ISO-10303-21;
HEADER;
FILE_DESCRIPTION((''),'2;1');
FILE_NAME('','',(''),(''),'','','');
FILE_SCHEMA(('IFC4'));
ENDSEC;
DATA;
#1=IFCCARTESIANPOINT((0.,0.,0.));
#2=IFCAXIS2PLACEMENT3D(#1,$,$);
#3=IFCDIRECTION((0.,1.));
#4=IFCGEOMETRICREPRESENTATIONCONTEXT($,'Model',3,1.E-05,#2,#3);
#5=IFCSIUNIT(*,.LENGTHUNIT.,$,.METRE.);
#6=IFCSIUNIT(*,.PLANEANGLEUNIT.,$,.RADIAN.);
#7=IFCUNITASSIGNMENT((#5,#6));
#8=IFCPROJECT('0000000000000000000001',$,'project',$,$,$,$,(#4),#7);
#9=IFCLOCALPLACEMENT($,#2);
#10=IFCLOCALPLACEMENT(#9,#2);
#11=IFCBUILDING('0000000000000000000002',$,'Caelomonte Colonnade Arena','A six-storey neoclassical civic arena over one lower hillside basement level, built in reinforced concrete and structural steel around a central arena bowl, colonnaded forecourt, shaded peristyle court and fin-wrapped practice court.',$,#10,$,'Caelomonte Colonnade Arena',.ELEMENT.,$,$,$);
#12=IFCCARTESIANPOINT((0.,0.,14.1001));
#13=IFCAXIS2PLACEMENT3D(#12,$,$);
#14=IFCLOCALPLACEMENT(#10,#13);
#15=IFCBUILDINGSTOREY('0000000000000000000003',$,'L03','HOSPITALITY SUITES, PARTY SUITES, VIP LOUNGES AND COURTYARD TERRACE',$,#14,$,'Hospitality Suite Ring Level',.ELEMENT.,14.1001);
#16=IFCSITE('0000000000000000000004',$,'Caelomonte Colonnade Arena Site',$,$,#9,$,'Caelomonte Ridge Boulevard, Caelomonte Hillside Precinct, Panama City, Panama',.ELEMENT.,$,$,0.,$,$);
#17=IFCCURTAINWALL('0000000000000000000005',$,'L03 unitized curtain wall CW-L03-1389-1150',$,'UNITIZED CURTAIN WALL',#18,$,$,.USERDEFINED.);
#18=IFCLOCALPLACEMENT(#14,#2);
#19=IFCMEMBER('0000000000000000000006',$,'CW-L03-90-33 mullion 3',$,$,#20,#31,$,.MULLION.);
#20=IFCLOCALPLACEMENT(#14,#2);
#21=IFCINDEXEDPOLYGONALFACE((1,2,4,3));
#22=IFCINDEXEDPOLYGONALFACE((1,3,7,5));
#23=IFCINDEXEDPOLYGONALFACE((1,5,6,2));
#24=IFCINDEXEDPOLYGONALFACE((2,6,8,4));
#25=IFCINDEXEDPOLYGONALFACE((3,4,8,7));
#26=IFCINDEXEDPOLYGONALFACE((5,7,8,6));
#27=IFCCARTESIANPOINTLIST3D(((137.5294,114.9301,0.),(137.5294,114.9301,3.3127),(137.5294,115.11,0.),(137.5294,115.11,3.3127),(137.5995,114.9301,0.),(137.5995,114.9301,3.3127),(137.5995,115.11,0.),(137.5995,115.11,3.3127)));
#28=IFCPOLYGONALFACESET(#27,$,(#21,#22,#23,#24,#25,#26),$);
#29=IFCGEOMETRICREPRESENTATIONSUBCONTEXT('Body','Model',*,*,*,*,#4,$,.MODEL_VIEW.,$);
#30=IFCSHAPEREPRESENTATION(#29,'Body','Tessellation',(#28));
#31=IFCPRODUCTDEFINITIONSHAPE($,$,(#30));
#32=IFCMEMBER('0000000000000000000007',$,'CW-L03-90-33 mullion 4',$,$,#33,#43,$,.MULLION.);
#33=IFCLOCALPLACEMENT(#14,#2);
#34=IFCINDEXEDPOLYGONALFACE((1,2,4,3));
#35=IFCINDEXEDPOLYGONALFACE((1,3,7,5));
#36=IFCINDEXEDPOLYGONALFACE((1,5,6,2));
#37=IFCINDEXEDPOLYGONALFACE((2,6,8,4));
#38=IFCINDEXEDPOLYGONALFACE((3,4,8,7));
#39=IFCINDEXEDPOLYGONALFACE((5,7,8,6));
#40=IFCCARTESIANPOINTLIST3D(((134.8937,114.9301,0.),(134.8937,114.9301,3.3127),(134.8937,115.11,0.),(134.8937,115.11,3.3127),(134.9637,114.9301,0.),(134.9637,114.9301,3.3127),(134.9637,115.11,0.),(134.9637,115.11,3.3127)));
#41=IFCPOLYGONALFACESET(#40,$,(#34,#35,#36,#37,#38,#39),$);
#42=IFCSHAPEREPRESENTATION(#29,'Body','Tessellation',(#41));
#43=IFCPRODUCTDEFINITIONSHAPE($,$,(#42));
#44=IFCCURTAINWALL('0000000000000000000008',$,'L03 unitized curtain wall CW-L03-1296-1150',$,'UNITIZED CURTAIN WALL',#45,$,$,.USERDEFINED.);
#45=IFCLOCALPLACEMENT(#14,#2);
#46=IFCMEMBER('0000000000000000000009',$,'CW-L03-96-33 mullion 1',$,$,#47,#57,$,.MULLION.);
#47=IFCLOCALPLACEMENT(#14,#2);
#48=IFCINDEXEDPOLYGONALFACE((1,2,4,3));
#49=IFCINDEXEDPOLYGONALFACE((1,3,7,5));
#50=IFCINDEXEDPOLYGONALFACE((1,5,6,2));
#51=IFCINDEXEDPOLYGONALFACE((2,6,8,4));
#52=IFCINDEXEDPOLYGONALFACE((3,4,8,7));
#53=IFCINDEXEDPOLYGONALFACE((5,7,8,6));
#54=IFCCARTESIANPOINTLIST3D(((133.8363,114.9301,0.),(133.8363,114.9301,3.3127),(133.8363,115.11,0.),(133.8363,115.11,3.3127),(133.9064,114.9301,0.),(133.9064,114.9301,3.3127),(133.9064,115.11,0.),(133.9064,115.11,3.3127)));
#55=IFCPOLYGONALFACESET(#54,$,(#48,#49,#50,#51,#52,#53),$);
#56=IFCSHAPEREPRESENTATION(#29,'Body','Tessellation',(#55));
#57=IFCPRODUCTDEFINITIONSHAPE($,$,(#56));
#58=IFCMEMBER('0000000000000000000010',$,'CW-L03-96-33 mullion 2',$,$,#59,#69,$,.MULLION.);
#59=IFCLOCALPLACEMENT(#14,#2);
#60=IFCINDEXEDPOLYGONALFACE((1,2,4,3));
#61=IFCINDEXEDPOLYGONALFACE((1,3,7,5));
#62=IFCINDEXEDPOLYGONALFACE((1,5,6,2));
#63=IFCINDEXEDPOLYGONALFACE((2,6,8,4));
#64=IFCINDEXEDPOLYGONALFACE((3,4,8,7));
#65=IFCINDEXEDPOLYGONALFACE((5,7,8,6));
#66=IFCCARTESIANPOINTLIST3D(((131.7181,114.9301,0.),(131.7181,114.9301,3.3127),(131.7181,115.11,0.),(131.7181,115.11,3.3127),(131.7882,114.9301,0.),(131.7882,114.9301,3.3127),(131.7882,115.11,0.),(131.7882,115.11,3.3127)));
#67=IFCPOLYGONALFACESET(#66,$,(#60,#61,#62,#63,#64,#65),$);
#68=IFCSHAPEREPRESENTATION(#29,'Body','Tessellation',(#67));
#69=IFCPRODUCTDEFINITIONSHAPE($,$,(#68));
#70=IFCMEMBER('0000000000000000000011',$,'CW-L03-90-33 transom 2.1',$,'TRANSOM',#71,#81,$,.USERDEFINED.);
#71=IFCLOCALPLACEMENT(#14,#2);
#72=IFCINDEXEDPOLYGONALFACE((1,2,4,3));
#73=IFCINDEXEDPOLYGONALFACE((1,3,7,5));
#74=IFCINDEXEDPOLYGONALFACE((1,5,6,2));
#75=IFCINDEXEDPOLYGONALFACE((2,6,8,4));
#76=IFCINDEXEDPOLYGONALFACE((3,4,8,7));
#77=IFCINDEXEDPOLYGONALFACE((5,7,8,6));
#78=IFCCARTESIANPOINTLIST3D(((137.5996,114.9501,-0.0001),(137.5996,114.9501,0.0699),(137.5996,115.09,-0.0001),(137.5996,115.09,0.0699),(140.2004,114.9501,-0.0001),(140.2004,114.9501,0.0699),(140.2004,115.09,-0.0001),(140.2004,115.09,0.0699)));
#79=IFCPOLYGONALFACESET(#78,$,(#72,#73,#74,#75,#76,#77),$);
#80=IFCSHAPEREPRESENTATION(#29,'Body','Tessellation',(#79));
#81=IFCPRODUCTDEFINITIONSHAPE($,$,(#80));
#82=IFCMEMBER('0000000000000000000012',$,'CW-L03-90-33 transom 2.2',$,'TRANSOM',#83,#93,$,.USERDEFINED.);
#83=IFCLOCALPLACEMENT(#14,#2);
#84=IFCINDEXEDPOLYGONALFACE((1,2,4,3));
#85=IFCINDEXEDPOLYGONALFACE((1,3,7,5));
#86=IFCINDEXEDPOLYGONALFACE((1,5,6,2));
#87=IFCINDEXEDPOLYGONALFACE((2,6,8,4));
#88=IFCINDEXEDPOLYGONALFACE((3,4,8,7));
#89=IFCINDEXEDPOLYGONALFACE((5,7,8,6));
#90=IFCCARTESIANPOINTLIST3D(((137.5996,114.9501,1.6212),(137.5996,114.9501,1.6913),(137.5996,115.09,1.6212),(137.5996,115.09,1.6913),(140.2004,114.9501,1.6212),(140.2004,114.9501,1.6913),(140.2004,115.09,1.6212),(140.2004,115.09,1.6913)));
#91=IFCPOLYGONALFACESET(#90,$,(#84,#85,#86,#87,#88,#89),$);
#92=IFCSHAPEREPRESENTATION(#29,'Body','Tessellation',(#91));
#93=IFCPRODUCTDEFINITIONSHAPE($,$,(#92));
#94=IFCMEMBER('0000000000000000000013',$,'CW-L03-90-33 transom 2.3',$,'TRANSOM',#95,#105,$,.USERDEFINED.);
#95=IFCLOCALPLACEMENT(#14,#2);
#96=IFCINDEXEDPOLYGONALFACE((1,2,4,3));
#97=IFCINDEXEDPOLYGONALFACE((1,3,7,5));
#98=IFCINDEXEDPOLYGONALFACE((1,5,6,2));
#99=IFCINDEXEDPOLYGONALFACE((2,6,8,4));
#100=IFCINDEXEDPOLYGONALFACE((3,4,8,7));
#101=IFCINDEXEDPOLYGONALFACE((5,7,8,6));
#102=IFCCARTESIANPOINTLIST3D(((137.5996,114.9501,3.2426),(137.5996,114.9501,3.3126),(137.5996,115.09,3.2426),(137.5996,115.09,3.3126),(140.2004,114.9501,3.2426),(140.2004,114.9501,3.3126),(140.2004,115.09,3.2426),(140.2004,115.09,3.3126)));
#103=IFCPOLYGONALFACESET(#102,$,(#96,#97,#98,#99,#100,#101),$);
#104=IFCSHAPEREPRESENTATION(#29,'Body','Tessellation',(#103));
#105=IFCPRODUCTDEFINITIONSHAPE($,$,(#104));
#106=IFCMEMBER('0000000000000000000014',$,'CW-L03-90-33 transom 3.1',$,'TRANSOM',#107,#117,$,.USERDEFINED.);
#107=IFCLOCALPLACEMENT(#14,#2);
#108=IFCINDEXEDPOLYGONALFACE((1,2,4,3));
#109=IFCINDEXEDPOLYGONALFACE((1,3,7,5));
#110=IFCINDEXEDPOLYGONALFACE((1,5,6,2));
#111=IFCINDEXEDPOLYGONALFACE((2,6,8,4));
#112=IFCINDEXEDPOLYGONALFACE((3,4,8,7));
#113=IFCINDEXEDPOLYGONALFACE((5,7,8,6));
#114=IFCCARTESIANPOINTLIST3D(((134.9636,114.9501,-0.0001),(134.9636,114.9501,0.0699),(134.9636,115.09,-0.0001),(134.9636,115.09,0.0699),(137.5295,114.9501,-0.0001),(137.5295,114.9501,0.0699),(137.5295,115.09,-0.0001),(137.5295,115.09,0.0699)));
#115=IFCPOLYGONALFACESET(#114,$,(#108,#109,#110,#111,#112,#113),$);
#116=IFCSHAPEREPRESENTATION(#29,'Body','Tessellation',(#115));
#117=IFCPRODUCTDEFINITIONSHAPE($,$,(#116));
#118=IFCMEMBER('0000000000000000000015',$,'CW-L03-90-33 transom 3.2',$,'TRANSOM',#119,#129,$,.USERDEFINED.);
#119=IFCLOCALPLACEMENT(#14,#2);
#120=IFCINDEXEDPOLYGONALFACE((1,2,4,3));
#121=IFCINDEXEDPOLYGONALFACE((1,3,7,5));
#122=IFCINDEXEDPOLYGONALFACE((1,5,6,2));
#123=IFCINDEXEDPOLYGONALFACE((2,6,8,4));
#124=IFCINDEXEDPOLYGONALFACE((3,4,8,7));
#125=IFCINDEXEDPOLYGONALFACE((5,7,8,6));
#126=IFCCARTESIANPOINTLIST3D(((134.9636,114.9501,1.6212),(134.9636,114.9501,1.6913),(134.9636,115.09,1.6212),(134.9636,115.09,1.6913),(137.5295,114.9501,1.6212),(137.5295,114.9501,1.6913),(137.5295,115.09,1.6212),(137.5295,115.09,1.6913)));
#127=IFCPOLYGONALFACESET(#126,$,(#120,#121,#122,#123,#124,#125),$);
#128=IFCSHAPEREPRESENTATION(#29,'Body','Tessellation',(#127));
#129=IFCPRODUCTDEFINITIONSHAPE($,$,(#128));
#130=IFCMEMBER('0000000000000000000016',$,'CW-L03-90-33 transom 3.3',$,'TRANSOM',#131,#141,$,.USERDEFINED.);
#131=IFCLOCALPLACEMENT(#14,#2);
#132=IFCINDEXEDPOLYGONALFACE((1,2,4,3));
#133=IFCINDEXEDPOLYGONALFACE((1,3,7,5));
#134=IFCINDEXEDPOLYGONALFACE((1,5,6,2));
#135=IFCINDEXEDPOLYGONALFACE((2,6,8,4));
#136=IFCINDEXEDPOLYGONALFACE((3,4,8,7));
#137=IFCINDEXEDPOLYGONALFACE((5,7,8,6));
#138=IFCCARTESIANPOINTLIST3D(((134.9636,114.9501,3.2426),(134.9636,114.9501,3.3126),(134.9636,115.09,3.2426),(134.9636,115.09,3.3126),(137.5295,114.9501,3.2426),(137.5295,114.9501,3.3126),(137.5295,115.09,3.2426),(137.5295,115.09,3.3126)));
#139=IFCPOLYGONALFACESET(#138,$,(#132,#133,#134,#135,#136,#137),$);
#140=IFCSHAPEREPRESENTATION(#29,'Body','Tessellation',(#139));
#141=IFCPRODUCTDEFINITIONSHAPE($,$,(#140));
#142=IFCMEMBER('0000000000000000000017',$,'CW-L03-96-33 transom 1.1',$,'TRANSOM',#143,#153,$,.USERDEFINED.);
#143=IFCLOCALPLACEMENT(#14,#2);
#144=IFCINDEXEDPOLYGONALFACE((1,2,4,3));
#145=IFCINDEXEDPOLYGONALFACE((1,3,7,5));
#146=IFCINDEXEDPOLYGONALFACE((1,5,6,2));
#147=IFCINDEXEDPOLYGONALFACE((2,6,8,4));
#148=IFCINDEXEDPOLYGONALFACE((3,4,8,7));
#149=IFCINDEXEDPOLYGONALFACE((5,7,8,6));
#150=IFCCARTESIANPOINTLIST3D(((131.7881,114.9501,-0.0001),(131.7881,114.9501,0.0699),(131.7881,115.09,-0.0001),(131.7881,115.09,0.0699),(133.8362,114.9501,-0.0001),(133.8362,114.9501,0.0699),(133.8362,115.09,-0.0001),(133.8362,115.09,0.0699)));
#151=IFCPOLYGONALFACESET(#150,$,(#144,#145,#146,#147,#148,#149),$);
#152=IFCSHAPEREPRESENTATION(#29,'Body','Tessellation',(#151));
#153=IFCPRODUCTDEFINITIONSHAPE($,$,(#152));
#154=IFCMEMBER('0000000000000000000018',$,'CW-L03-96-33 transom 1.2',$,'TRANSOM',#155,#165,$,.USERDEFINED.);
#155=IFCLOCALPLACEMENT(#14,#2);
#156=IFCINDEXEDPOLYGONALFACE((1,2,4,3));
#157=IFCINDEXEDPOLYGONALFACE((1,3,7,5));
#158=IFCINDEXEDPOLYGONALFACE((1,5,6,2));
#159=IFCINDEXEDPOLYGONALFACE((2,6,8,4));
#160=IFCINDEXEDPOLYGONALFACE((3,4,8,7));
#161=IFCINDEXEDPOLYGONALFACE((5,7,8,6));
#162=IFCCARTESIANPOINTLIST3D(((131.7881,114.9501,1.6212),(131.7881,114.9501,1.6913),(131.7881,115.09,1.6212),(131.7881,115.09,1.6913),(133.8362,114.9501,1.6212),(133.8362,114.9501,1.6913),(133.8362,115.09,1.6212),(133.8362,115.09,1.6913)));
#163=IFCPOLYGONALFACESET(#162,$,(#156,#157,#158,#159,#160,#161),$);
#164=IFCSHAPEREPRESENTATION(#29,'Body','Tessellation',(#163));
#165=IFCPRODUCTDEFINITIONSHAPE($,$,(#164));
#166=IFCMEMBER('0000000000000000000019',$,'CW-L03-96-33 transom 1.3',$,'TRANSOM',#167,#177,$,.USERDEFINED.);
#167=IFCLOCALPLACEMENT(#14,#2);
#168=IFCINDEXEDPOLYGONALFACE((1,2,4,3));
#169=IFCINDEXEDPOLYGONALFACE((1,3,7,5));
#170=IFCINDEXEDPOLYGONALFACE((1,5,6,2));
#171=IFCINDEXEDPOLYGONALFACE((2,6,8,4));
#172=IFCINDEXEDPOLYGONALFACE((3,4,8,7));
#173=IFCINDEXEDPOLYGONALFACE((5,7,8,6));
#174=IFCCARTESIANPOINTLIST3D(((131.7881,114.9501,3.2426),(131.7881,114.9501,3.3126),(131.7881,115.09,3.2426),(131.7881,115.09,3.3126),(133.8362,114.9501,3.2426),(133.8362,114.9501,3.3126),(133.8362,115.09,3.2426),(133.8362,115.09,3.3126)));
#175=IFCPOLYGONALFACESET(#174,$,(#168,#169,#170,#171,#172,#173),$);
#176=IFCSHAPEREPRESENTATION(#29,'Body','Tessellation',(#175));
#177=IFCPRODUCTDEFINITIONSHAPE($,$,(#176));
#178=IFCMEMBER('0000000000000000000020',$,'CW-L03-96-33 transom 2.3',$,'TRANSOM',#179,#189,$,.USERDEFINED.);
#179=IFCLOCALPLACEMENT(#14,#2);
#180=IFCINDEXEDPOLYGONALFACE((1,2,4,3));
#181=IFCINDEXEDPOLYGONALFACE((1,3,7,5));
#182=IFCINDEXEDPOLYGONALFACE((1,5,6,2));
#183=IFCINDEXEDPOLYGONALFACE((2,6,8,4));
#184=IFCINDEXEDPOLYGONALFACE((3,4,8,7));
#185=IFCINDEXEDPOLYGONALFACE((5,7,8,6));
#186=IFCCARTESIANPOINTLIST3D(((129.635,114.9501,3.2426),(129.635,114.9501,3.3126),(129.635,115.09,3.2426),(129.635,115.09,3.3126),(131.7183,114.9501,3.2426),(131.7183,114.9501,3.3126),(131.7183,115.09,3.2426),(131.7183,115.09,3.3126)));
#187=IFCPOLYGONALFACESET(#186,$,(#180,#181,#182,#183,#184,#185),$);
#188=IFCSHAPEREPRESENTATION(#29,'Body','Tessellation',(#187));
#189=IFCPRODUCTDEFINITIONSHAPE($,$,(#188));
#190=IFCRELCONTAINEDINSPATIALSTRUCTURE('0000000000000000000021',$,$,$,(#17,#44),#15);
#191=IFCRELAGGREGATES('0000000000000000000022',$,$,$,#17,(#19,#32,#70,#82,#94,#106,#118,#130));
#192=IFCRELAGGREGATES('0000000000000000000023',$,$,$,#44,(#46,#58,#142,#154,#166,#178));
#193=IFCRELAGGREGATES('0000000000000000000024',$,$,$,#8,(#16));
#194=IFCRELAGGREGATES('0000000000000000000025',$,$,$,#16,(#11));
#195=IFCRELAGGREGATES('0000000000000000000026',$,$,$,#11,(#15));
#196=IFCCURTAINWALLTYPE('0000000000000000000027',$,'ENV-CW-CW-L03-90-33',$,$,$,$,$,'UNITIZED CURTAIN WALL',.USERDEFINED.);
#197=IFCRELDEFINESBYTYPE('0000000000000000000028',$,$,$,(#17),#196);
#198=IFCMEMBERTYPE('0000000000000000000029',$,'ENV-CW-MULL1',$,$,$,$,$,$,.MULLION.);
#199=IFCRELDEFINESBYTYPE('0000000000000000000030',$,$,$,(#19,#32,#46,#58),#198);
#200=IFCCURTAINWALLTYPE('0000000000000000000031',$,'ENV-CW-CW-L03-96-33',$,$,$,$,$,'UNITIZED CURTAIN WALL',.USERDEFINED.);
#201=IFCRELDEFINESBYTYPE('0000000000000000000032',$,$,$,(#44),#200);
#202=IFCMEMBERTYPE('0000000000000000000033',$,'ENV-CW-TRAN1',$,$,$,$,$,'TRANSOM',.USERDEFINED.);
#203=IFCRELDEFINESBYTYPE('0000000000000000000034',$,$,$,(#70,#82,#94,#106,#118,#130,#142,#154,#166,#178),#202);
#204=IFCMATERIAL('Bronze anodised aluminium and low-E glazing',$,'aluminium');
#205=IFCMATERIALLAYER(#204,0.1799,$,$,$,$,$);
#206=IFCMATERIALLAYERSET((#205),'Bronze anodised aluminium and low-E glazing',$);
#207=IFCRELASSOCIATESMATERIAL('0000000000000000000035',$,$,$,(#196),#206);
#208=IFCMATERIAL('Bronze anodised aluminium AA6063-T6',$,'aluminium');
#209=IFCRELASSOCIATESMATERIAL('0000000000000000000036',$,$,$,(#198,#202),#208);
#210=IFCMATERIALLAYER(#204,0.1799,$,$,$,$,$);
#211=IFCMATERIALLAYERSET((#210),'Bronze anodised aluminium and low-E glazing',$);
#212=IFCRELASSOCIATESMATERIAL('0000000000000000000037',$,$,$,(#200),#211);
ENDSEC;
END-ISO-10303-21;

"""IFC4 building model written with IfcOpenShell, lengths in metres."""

from ifc_helpers import new_model, si_unit, direction, frame, origin, origin_2d, place, context, subcontext, project, spatial, rectangle, extrude, material, layer, layer_set, material_profile, profile_set, type_object, element, aggregate, save


model = new_model("IFC4")

# Units and contexts
model_context = context("Model", 3, precision=1e-05, world=origin(), true_north=direction((0.0, 1.0)))
body_context = subcontext(model_context, "Body", "Model", "MODEL_VIEW")
ifc_project = project(units=[si_unit("LENGTHUNIT", "METRE"), si_unit("PLANEANGLEUNIT", "RADIAN")], contexts=[model_context])

# Site, building, storey
site_placement = place(None, origin())
site = spatial("IfcSite", under=ifc_project, at=site_placement, Name="Caelomonte Colonnade Arena Site", LongName="Caelomonte Ridge Boulevard, Caelomonte Hillside Precinct, Panama City, Panama", CompositionType="ELEMENT", RefElevation=0.0)
building_placement = place(site_placement, origin())
building = spatial("IfcBuilding", under=site, at=building_placement, Name="Caelomonte Colonnade Arena", Description="A six-storey neoclassical civic arena over one lower hillside basement level, built in reinforced concrete and structural steel around a central arena bowl, colonnaded forecourt, shaded peristyle court and fin-wrapped practice court.", LongName="Caelomonte Colonnade Arena", CompositionType="ELEMENT")
storey_placement = place(building_placement, frame((0.0, 0.0, 14.1001)))
storey = spatial("IfcBuildingStorey", under=building, at=storey_placement, Name="L03", Description="HOSPITALITY SUITES, PARTY SUITES, VIP LOUNGES AND COURTYARD TERRACE", LongName="Hospitality Suite Ring Level", CompositionType="ELEMENT", Elevation=14.1001)

# Curtain walls, members
ifc_material_1 = material(Name="Bronze anodised aluminium and low-E glazing", Category="aluminium")
ifc_layer_1 = layer(ifc_material_1, 0.1799)
ifc_layer_set_1 = layer_set([ifc_layer_1], Name="Bronze anodised aluminium and low-E glazing")
curtain_wall_type_1 = type_object("IfcCurtainWallType", Name="ENV-CW-CW-L03-90-33", ElementType="UNITIZED CURTAIN WALL", PredefinedType="USERDEFINED", material=ifc_layer_set_1)
curtain_wall_1_placement = place(storey_placement, origin())
curtain_wall_1 = element("IfcCurtainWall", 1, at=curtain_wall_1_placement, inside=storey, type_object=curtain_wall_type_1, Name="L03 unitized curtain wall CW-L03-1389-1150", ObjectType="UNITIZED CURTAIN WALL", PredefinedType="USERDEFINED")
ifc_material_2 = material(Name="Bronze anodised aluminium AA6063-T6", Category="aluminium")
ifc_material_profile_1 = material_profile(ifc_material_2, rectangle(XDim=0.0701, YDim=0.1799, at=origin_2d()), Name="CWM-70X180")
ifc_profile_set_1 = profile_set([ifc_material_profile_1], Name="Bronze anodised aluminium AA6063-T6")
member_type_1 = type_object("IfcMemberType", Name="ENV-CW-MULL1", PredefinedType="MULLION", material=ifc_profile_set_1)
member_1_placement = place(storey_placement, frame((137.5645, 115.02, 0.0), z_axis=(0.0, 0.0, 1.0), x_axis=(-1.0, 0.0, 0.0)))
member_1 = element("IfcMember", 2, at=member_1_placement, type_object=member_type_1, Name="CW-L03-90-33 mullion 3", PredefinedType="MULLION", context=body_context, shape_type="SweptSolid", body=[
    extrude(rectangle(XDim=0.0701, YDim=0.1799, at=origin_2d()), origin(), (0.0, 0.0, 1.0), 3.3127),
])
member_2_placement = place(storey_placement, frame((134.9287, 115.02, 0.0), z_axis=(0.0, 0.0, 1.0), x_axis=(-1.0, 0.0, 0.0)))
member_2 = element("IfcMember", 3, at=member_2_placement, type_object=member_type_1, Name="CW-L03-90-33 mullion 4", PredefinedType="MULLION", context=body_context, shape_type="SweptSolid", body=[
    extrude(rectangle(XDim=0.0701, YDim=0.1799, at=origin_2d()), origin(), (0.0, 0.0, 1.0), 3.3127),
])
ifc_layer_2 = layer(ifc_material_1, 0.1799)
ifc_layer_set_2 = layer_set([ifc_layer_2], Name="Bronze anodised aluminium and low-E glazing")
curtain_wall_type_2 = type_object("IfcCurtainWallType", Name="ENV-CW-CW-L03-96-33", ElementType="UNITIZED CURTAIN WALL", PredefinedType="USERDEFINED", material=ifc_layer_set_2)
curtain_wall_2_placement = place(storey_placement, origin())
curtain_wall_2 = element("IfcCurtainWall", 4, at=curtain_wall_2_placement, inside=storey, type_object=curtain_wall_type_2, Name="L03 unitized curtain wall CW-L03-1296-1150", ObjectType="UNITIZED CURTAIN WALL", PredefinedType="USERDEFINED")
member_3_placement = place(storey_placement, frame((133.8713, 115.02, 0.0), z_axis=(0.0, 0.0, 1.0), x_axis=(-1.0, 0.0, 0.0)))
member_3 = element("IfcMember", 5, at=member_3_placement, type_object=member_type_1, Name="CW-L03-96-33 mullion 1", PredefinedType="MULLION", context=body_context, shape_type="SweptSolid", body=[
    extrude(rectangle(XDim=0.0701, YDim=0.1799, at=origin_2d()), origin(), (0.0, 0.0, 1.0), 3.3127),
])
member_4_placement = place(storey_placement, frame((131.7532, 115.02, 0.0), z_axis=(0.0, 0.0, 1.0), x_axis=(-1.0, 0.0, 0.0)))
member_4 = element("IfcMember", 6, at=member_4_placement, type_object=member_type_1, Name="CW-L03-96-33 mullion 2", PredefinedType="MULLION", context=body_context, shape_type="SweptSolid", body=[
    extrude(rectangle(XDim=0.0701, YDim=0.1799, at=origin_2d()), origin(), (0.0, 0.0, 1.0), 3.3127),
])

# Members
ifc_material_profile_2 = material_profile(ifc_material_2, rectangle(XDim=0.0701, YDim=0.1399, at=origin_2d()), Name="CWT-70X140")
ifc_profile_set_2 = profile_set([ifc_material_profile_2], Name="Bronze anodised aluminium AA6063-T6")
member_type_2 = type_object("IfcMemberType", Name="ENV-CW-TRAN1", ElementType="TRANSOM", PredefinedType="USERDEFINED", material=ifc_profile_set_2)
member_5_placement = place(storey_placement, frame((140.2004, 115.02, 0.0349), z_axis=(-1.0, 0.0, 0.0), x_axis=(0.0, 0.0, 1.0)))
member_5 = element("IfcMember", 7, at=member_5_placement, type_object=member_type_2, Name="CW-L03-90-33 transom 2.1", ObjectType="TRANSOM", PredefinedType="USERDEFINED", context=body_context, shape_type="SweptSolid", body=[
    extrude(rectangle(XDim=0.0701, YDim=0.1399, at=origin_2d()), origin(), (0.0, 0.0, 1.0), 2.6008),
])
member_6_placement = place(storey_placement, frame((140.2004, 115.02, 1.6562), z_axis=(-1.0, 0.0, 0.0), x_axis=(0.0, 0.0, 1.0)))
member_6 = element("IfcMember", 8, at=member_6_placement, type_object=member_type_2, Name="CW-L03-90-33 transom 2.2", ObjectType="TRANSOM", PredefinedType="USERDEFINED", context=body_context, shape_type="SweptSolid", body=[
    extrude(rectangle(XDim=0.0701, YDim=0.1399, at=origin_2d()), origin(), (0.0, 0.0, 1.0), 2.6008),
])
member_7_placement = place(storey_placement, frame((140.2004, 115.02, 3.2776), z_axis=(-1.0, 0.0, 0.0), x_axis=(0.0, 0.0, 1.0)))
member_7 = element("IfcMember", 9, at=member_7_placement, type_object=member_type_2, Name="CW-L03-90-33 transom 2.3", ObjectType="TRANSOM", PredefinedType="USERDEFINED", context=body_context, shape_type="SweptSolid", body=[
    extrude(rectangle(XDim=0.0701, YDim=0.1399, at=origin_2d()), origin(), (0.0, 0.0, 1.0), 2.6008),
])
member_8_placement = place(storey_placement, frame((137.5295, 115.02, 0.0349), z_axis=(-1.0, 0.0, 0.0), x_axis=(0.0, 0.0, 1.0)))
member_8 = element("IfcMember", 10, at=member_8_placement, type_object=member_type_2, Name="CW-L03-90-33 transom 3.1", ObjectType="TRANSOM", PredefinedType="USERDEFINED", context=body_context, shape_type="SweptSolid", body=[
    extrude(rectangle(XDim=0.0701, YDim=0.1399, at=origin_2d()), origin(), (0.0, 0.0, 1.0), 2.5659),
])
member_9_placement = place(storey_placement, frame((137.5295, 115.02, 1.6562), z_axis=(-1.0, 0.0, 0.0), x_axis=(0.0, 0.0, 1.0)))
member_9 = element("IfcMember", 11, at=member_9_placement, type_object=member_type_2, Name="CW-L03-90-33 transom 3.2", ObjectType="TRANSOM", PredefinedType="USERDEFINED", context=body_context, shape_type="SweptSolid", body=[
    extrude(rectangle(XDim=0.0701, YDim=0.1399, at=origin_2d()), origin(), (0.0, 0.0, 1.0), 2.5659),
])
member_10_placement = place(storey_placement, frame((137.5295, 115.02, 3.2776), z_axis=(-1.0, 0.0, 0.0), x_axis=(0.0, 0.0, 1.0)))
member_10 = element("IfcMember", 12, at=member_10_placement, type_object=member_type_2, Name="CW-L03-90-33 transom 3.3", ObjectType="TRANSOM", PredefinedType="USERDEFINED", context=body_context, shape_type="SweptSolid", body=[
    extrude(rectangle(XDim=0.0701, YDim=0.1399, at=origin_2d()), origin(), (0.0, 0.0, 1.0), 2.5659),
])
member_11_placement = place(storey_placement, frame((133.8362, 115.02, 0.0349), z_axis=(-1.0, 0.0, 0.0), x_axis=(0.0, 0.0, 1.0)))
member_11 = element("IfcMember", 13, at=member_11_placement, type_object=member_type_2, Name="CW-L03-96-33 transom 1.1", ObjectType="TRANSOM", PredefinedType="USERDEFINED", context=body_context, shape_type="SweptSolid", body=[
    extrude(rectangle(XDim=0.0701, YDim=0.1399, at=origin_2d()), origin(), (0.0, 0.0, 1.0), 2.0481),
])
member_12_placement = place(storey_placement, frame((133.8362, 115.02, 1.6562), z_axis=(-1.0, 0.0, 0.0), x_axis=(0.0, 0.0, 1.0)))
member_12 = element("IfcMember", 14, at=member_12_placement, type_object=member_type_2, Name="CW-L03-96-33 transom 1.2", ObjectType="TRANSOM", PredefinedType="USERDEFINED", context=body_context, shape_type="SweptSolid", body=[
    extrude(rectangle(XDim=0.0701, YDim=0.1399, at=origin_2d()), origin(), (0.0, 0.0, 1.0), 2.0481),
])
member_13_placement = place(storey_placement, frame((133.8362, 115.02, 3.2776), z_axis=(-1.0, 0.0, 0.0), x_axis=(0.0, 0.0, 1.0)))
member_13 = element("IfcMember", 15, at=member_13_placement, type_object=member_type_2, Name="CW-L03-96-33 transom 1.3", ObjectType="TRANSOM", PredefinedType="USERDEFINED", context=body_context, shape_type="SweptSolid", body=[
    extrude(rectangle(XDim=0.0701, YDim=0.1399, at=origin_2d()), origin(), (0.0, 0.0, 1.0), 2.0481),
])
member_14_placement = place(storey_placement, frame((131.7183, 115.02, 3.2776), z_axis=(-1.0, 0.0, 0.0), x_axis=(0.0, 0.0, 1.0)))
member_14 = element("IfcMember", 16, at=member_14_placement, type_object=member_type_2, Name="CW-L03-96-33 transom 2.3", ObjectType="TRANSOM", PredefinedType="USERDEFINED", context=body_context, shape_type="SweptSolid", body=[
    extrude(rectangle(XDim=0.0701, YDim=0.1399, at=origin_2d()), origin(), (0.0, 0.0, 1.0), 2.0833),
])

aggregate(curtain_wall_1, [member_1, member_2, member_5, member_6, member_7, member_8, member_9, member_10])
aggregate(curtain_wall_2, [member_3, member_4, member_11, member_12, member_13, member_14])

save(model, "model.ifc")
